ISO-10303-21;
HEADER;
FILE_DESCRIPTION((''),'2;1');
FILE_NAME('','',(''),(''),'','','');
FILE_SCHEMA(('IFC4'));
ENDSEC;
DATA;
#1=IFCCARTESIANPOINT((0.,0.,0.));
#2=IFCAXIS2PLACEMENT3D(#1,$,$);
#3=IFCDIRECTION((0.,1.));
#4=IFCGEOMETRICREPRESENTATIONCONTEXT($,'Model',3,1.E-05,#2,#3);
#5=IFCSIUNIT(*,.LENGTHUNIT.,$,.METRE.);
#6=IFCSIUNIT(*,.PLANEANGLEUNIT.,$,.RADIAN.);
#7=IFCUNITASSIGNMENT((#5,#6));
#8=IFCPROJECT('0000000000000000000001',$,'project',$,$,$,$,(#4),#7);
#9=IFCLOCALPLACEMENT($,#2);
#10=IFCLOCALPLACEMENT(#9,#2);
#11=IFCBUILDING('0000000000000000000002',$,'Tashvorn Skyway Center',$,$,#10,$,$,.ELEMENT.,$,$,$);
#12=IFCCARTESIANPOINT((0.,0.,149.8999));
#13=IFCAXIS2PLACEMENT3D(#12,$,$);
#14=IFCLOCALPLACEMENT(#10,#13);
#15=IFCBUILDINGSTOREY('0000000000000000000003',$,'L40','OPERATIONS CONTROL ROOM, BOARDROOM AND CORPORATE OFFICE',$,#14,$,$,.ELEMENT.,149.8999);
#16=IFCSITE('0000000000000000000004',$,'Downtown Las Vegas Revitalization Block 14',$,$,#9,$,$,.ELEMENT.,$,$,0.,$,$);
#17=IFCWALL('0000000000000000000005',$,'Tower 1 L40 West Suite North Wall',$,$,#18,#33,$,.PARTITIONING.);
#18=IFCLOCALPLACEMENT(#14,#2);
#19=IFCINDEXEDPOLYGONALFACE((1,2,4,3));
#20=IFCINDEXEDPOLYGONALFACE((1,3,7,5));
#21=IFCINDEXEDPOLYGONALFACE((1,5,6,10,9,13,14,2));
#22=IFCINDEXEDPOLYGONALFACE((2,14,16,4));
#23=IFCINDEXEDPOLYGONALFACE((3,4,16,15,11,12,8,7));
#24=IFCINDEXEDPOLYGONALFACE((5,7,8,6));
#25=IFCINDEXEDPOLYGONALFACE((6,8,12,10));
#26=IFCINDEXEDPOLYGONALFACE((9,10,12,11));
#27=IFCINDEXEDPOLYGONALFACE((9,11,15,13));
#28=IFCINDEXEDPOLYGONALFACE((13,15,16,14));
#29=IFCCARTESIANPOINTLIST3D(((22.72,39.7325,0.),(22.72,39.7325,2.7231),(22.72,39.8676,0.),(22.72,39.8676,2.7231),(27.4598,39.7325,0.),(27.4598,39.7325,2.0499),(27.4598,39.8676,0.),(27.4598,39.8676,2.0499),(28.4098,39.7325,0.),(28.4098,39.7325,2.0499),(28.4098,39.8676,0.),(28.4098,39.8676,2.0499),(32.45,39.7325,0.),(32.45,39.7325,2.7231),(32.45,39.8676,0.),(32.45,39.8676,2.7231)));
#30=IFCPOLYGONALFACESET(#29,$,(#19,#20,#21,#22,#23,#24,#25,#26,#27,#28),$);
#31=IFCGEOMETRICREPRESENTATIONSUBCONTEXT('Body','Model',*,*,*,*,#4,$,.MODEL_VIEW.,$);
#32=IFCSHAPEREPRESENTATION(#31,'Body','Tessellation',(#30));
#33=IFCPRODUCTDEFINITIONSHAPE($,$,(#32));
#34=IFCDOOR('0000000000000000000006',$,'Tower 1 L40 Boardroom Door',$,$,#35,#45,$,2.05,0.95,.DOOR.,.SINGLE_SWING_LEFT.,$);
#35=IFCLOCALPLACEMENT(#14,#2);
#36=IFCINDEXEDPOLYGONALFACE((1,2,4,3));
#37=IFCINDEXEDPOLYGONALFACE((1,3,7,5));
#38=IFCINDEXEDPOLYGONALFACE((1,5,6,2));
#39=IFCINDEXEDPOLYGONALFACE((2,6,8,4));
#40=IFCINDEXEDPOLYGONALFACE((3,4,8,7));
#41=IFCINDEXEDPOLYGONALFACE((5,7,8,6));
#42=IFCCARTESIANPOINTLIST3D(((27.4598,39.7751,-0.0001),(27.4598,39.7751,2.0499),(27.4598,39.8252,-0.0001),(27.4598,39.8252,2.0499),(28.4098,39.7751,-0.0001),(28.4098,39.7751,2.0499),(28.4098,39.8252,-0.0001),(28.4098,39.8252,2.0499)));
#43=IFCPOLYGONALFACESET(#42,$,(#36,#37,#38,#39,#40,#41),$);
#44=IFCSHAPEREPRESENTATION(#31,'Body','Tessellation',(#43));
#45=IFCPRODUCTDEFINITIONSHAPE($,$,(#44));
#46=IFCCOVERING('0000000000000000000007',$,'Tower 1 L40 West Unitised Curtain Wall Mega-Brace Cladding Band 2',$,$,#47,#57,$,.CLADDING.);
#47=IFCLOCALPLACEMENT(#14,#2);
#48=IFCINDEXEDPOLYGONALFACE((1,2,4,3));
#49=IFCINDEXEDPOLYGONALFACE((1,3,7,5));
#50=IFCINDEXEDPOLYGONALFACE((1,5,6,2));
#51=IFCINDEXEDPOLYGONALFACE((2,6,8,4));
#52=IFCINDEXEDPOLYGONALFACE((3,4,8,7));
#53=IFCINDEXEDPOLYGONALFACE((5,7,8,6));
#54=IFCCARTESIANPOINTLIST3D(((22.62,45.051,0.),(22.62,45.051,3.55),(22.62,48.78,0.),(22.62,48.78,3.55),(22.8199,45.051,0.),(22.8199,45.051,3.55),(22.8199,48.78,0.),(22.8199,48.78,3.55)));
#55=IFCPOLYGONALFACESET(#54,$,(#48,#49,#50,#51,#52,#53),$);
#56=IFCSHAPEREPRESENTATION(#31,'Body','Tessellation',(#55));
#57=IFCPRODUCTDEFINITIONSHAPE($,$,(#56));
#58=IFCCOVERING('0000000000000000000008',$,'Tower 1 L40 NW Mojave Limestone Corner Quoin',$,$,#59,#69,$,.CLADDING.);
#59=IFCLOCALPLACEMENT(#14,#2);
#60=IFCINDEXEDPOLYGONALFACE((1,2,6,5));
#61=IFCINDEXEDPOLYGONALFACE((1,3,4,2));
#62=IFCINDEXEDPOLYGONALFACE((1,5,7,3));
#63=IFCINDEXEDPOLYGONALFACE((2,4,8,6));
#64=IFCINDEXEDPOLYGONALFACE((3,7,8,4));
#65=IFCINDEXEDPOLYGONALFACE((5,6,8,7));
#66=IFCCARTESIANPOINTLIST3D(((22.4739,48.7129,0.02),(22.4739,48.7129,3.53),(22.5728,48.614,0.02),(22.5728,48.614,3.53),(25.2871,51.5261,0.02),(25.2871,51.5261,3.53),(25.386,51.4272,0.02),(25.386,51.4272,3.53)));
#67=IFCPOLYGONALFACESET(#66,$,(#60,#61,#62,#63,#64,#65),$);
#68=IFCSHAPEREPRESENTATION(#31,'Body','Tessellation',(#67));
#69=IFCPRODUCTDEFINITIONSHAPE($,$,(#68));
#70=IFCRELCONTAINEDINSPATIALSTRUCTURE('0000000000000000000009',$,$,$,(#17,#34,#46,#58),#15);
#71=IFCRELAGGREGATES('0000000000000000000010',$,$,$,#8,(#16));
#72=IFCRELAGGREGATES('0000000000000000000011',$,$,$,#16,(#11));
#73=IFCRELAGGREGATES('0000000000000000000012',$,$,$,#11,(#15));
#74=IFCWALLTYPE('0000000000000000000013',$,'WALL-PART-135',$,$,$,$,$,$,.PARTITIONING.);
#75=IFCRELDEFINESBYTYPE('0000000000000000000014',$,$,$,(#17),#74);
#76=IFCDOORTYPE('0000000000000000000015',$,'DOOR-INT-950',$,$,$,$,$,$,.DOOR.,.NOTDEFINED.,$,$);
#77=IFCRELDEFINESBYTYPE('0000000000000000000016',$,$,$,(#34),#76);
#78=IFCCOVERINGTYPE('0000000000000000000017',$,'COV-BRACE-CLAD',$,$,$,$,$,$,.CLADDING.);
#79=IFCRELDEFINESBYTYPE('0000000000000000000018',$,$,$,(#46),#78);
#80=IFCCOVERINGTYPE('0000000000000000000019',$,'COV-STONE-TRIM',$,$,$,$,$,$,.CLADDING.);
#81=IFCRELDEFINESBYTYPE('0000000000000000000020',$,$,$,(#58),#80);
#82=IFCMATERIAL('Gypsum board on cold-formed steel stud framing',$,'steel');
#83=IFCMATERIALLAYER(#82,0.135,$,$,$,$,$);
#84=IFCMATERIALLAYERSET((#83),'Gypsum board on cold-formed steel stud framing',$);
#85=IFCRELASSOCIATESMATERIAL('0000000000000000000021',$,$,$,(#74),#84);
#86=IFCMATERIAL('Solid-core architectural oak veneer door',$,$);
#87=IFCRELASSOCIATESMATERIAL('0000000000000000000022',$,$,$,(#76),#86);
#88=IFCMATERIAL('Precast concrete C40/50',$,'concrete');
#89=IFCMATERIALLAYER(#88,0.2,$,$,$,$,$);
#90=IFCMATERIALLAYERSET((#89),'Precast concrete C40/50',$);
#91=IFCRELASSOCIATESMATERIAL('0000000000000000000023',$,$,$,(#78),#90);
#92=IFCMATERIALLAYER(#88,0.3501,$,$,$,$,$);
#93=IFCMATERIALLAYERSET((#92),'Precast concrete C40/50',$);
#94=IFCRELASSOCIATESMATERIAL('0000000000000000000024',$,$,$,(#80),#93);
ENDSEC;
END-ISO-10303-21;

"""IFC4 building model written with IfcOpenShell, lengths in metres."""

from ifc_helpers import new_model, si_unit, direction, frame, frame_2d, origin, origin_2d, place, context, subcontext, project, spatial, rectangle, extrude, material, layer, layer_set, type_object, element, fill, save


model = new_model("IFC4")

# Units and contexts
model_context = context("Model", 3, precision=1e-05, world=origin(), true_north=direction((0.0, 1.0)))
body_context = subcontext(model_context, "Body", "Model", "MODEL_VIEW")
ifc_project = project(units=[si_unit("LENGTHUNIT", "METRE"), si_unit("PLANEANGLEUNIT", "RADIAN")], contexts=[model_context])

# Site, building, storey
site_placement = place(None, origin())
site = spatial("IfcSite", under=ifc_project, at=site_placement, Name="Downtown Las Vegas Revitalization Block 14", CompositionType="ELEMENT", RefElevation=0.0)
building_placement = place(site_placement, origin())
building = spatial("IfcBuilding", under=site, at=building_placement, Name="Tashvorn Skyway Center", CompositionType="ELEMENT")
storey_placement = place(building_placement, frame((0.0, 0.0, 149.8999)))
storey = spatial("IfcBuildingStorey", under=building, at=storey_placement, Name="L40", Description="OPERATIONS CONTROL ROOM, BOARDROOM AND CORPORATE OFFICE", CompositionType="ELEMENT", Elevation=149.8999)

# Shared definitions
ifc_material_1 = material(Name="Precast concrete C40/50", Category="concrete")

# Shared definitions
ifc_material_2 = material(Name="Gypsum board on cold-formed steel stud framing", Category="steel")
ifc_layer_1 = layer(ifc_material_2, 0.135)
ifc_layer_set_1 = layer_set([ifc_layer_1], Name="Gypsum board on cold-formed steel stud framing")
wall_type_1 = type_object("IfcWallType", Name="WALL-PART-135", PredefinedType="PARTITIONING", material=ifc_layer_set_1)
ifc_material_3 = material(Name="Solid-core architectural oak veneer door")
door_type_1 = type_object("IfcDoorType", Name="DOOR-INT-950", OperationType="NOTDEFINED", PredefinedType="DOOR", material=ifc_material_3)

# Wall, opening, door
wall_1_placement = place(storey_placement, frame((32.45, 39.8, 0.0), z_axis=(0.0, 0.0, 1.0), x_axis=(-1.0, 0.0, 0.0)))
wall_1 = element("IfcWall", 1, at=wall_1_placement, inside=storey, type_object=wall_type_1, Name="Tower 1 L40 West Suite North Wall", PredefinedType="PARTITIONING", context=body_context, shape_type="SweptSolid", body=[
    extrude(rectangle(XDim=9.73, YDim=0.135, at=frame_2d((4.865, 0.0))), origin(), (0.0, 0.0, 1.0), 2.7231),
])
opening_1_placement = place(wall_1_placement, frame((4.04, 0.0, 0.0)))
opening_1 = element("IfcOpeningElement", 2, at=opening_1_placement, cuts=wall_1, PredefinedType="OPENING", context=body_context, shape_type="SweptSolid", body=[
    extrude(rectangle(XDim=0.95, YDim=2.05, at=frame_2d((0.4751, 1.0249))), frame((0.0, 0.0774, 0.0), z_axis=(0.0, -1.0, 0.0), x_axis=(1.0, 0.0, 0.0)), (0.0, 0.0, 1.0), 0.155),
])
door_1_placement = place(opening_1_placement, origin())
door_1 = element("IfcDoor", 3, at=door_1_placement, inside=storey, type_object=door_type_1, Name="Tower 1 L40 Boardroom Door", OperationType="SINGLE_SWING_LEFT", OverallHeight=2.05, OverallWidth=0.95, PredefinedType="DOOR", context=body_context, shape_type="SweptSolid", body=[
    extrude(rectangle(XDim=0.95, YDim=2.05, at=frame_2d((0.4751, 1.0249))), frame((0.0, 0.0249, 0.0), z_axis=(0.0, -1.0, 0.0), x_axis=(1.0, 0.0, 0.0)), (0.0, 0.0, 1.0), 0.05),
])
fill(opening_1, door_1)

# Coverings
ifc_layer_2 = layer(ifc_material_1, 0.2)
ifc_layer_set_2 = layer_set([ifc_layer_2], Name="Precast concrete C40/50")
covering_type_1 = type_object("IfcCoveringType", Name="COV-BRACE-CLAD", PredefinedType="CLADDING", material=ifc_layer_set_2)
covering_1_placement = place(storey_placement, frame((22.72, 46.9155, 0.0), z_axis=(0.0, 0.0, 1.0), x_axis=(0.0, 1.0, 0.0)))
element("IfcCovering", 4, at=covering_1_placement, inside=storey, type_object=covering_type_1, Name="Tower 1 L40 West Unitised Curtain Wall Mega-Brace Cladding Band 2", PredefinedType="CLADDING", context=body_context, shape_type="SweptSolid", body=[
    extrude(rectangle(XDim=3.729, YDim=0.2, at=origin_2d()), origin(), (0.0, 0.0, 1.0), 3.55),
])
ifc_layer_3 = layer(ifc_material_1, 0.3501)
ifc_layer_set_3 = layer_set([ifc_layer_3], Name="Precast concrete C40/50")
covering_type_2 = type_object("IfcCoveringType", Name="COV-STONE-TRIM", PredefinedType="CLADDING", material=ifc_layer_set_3)
covering_2_placement = place(storey_placement, frame((23.9299, 50.0701, 0.02), z_axis=(0.0, 0.0, 1.0), x_axis=(-0.707107, -0.707107, 0.0)))
element("IfcCovering", 5, at=covering_2_placement, inside=storey, type_object=covering_type_2, Name="Tower 1 L40 NW Mojave Limestone Corner Quoin", PredefinedType="CLADDING", context=body_context, shape_type="SweptSolid", body=[
    extrude(rectangle(XDim=3.9785, YDim=0.1399, at=origin_2d()), origin(), (0.0, 0.0, 1.0), 3.51),
])

save(model, "model.ifc")
